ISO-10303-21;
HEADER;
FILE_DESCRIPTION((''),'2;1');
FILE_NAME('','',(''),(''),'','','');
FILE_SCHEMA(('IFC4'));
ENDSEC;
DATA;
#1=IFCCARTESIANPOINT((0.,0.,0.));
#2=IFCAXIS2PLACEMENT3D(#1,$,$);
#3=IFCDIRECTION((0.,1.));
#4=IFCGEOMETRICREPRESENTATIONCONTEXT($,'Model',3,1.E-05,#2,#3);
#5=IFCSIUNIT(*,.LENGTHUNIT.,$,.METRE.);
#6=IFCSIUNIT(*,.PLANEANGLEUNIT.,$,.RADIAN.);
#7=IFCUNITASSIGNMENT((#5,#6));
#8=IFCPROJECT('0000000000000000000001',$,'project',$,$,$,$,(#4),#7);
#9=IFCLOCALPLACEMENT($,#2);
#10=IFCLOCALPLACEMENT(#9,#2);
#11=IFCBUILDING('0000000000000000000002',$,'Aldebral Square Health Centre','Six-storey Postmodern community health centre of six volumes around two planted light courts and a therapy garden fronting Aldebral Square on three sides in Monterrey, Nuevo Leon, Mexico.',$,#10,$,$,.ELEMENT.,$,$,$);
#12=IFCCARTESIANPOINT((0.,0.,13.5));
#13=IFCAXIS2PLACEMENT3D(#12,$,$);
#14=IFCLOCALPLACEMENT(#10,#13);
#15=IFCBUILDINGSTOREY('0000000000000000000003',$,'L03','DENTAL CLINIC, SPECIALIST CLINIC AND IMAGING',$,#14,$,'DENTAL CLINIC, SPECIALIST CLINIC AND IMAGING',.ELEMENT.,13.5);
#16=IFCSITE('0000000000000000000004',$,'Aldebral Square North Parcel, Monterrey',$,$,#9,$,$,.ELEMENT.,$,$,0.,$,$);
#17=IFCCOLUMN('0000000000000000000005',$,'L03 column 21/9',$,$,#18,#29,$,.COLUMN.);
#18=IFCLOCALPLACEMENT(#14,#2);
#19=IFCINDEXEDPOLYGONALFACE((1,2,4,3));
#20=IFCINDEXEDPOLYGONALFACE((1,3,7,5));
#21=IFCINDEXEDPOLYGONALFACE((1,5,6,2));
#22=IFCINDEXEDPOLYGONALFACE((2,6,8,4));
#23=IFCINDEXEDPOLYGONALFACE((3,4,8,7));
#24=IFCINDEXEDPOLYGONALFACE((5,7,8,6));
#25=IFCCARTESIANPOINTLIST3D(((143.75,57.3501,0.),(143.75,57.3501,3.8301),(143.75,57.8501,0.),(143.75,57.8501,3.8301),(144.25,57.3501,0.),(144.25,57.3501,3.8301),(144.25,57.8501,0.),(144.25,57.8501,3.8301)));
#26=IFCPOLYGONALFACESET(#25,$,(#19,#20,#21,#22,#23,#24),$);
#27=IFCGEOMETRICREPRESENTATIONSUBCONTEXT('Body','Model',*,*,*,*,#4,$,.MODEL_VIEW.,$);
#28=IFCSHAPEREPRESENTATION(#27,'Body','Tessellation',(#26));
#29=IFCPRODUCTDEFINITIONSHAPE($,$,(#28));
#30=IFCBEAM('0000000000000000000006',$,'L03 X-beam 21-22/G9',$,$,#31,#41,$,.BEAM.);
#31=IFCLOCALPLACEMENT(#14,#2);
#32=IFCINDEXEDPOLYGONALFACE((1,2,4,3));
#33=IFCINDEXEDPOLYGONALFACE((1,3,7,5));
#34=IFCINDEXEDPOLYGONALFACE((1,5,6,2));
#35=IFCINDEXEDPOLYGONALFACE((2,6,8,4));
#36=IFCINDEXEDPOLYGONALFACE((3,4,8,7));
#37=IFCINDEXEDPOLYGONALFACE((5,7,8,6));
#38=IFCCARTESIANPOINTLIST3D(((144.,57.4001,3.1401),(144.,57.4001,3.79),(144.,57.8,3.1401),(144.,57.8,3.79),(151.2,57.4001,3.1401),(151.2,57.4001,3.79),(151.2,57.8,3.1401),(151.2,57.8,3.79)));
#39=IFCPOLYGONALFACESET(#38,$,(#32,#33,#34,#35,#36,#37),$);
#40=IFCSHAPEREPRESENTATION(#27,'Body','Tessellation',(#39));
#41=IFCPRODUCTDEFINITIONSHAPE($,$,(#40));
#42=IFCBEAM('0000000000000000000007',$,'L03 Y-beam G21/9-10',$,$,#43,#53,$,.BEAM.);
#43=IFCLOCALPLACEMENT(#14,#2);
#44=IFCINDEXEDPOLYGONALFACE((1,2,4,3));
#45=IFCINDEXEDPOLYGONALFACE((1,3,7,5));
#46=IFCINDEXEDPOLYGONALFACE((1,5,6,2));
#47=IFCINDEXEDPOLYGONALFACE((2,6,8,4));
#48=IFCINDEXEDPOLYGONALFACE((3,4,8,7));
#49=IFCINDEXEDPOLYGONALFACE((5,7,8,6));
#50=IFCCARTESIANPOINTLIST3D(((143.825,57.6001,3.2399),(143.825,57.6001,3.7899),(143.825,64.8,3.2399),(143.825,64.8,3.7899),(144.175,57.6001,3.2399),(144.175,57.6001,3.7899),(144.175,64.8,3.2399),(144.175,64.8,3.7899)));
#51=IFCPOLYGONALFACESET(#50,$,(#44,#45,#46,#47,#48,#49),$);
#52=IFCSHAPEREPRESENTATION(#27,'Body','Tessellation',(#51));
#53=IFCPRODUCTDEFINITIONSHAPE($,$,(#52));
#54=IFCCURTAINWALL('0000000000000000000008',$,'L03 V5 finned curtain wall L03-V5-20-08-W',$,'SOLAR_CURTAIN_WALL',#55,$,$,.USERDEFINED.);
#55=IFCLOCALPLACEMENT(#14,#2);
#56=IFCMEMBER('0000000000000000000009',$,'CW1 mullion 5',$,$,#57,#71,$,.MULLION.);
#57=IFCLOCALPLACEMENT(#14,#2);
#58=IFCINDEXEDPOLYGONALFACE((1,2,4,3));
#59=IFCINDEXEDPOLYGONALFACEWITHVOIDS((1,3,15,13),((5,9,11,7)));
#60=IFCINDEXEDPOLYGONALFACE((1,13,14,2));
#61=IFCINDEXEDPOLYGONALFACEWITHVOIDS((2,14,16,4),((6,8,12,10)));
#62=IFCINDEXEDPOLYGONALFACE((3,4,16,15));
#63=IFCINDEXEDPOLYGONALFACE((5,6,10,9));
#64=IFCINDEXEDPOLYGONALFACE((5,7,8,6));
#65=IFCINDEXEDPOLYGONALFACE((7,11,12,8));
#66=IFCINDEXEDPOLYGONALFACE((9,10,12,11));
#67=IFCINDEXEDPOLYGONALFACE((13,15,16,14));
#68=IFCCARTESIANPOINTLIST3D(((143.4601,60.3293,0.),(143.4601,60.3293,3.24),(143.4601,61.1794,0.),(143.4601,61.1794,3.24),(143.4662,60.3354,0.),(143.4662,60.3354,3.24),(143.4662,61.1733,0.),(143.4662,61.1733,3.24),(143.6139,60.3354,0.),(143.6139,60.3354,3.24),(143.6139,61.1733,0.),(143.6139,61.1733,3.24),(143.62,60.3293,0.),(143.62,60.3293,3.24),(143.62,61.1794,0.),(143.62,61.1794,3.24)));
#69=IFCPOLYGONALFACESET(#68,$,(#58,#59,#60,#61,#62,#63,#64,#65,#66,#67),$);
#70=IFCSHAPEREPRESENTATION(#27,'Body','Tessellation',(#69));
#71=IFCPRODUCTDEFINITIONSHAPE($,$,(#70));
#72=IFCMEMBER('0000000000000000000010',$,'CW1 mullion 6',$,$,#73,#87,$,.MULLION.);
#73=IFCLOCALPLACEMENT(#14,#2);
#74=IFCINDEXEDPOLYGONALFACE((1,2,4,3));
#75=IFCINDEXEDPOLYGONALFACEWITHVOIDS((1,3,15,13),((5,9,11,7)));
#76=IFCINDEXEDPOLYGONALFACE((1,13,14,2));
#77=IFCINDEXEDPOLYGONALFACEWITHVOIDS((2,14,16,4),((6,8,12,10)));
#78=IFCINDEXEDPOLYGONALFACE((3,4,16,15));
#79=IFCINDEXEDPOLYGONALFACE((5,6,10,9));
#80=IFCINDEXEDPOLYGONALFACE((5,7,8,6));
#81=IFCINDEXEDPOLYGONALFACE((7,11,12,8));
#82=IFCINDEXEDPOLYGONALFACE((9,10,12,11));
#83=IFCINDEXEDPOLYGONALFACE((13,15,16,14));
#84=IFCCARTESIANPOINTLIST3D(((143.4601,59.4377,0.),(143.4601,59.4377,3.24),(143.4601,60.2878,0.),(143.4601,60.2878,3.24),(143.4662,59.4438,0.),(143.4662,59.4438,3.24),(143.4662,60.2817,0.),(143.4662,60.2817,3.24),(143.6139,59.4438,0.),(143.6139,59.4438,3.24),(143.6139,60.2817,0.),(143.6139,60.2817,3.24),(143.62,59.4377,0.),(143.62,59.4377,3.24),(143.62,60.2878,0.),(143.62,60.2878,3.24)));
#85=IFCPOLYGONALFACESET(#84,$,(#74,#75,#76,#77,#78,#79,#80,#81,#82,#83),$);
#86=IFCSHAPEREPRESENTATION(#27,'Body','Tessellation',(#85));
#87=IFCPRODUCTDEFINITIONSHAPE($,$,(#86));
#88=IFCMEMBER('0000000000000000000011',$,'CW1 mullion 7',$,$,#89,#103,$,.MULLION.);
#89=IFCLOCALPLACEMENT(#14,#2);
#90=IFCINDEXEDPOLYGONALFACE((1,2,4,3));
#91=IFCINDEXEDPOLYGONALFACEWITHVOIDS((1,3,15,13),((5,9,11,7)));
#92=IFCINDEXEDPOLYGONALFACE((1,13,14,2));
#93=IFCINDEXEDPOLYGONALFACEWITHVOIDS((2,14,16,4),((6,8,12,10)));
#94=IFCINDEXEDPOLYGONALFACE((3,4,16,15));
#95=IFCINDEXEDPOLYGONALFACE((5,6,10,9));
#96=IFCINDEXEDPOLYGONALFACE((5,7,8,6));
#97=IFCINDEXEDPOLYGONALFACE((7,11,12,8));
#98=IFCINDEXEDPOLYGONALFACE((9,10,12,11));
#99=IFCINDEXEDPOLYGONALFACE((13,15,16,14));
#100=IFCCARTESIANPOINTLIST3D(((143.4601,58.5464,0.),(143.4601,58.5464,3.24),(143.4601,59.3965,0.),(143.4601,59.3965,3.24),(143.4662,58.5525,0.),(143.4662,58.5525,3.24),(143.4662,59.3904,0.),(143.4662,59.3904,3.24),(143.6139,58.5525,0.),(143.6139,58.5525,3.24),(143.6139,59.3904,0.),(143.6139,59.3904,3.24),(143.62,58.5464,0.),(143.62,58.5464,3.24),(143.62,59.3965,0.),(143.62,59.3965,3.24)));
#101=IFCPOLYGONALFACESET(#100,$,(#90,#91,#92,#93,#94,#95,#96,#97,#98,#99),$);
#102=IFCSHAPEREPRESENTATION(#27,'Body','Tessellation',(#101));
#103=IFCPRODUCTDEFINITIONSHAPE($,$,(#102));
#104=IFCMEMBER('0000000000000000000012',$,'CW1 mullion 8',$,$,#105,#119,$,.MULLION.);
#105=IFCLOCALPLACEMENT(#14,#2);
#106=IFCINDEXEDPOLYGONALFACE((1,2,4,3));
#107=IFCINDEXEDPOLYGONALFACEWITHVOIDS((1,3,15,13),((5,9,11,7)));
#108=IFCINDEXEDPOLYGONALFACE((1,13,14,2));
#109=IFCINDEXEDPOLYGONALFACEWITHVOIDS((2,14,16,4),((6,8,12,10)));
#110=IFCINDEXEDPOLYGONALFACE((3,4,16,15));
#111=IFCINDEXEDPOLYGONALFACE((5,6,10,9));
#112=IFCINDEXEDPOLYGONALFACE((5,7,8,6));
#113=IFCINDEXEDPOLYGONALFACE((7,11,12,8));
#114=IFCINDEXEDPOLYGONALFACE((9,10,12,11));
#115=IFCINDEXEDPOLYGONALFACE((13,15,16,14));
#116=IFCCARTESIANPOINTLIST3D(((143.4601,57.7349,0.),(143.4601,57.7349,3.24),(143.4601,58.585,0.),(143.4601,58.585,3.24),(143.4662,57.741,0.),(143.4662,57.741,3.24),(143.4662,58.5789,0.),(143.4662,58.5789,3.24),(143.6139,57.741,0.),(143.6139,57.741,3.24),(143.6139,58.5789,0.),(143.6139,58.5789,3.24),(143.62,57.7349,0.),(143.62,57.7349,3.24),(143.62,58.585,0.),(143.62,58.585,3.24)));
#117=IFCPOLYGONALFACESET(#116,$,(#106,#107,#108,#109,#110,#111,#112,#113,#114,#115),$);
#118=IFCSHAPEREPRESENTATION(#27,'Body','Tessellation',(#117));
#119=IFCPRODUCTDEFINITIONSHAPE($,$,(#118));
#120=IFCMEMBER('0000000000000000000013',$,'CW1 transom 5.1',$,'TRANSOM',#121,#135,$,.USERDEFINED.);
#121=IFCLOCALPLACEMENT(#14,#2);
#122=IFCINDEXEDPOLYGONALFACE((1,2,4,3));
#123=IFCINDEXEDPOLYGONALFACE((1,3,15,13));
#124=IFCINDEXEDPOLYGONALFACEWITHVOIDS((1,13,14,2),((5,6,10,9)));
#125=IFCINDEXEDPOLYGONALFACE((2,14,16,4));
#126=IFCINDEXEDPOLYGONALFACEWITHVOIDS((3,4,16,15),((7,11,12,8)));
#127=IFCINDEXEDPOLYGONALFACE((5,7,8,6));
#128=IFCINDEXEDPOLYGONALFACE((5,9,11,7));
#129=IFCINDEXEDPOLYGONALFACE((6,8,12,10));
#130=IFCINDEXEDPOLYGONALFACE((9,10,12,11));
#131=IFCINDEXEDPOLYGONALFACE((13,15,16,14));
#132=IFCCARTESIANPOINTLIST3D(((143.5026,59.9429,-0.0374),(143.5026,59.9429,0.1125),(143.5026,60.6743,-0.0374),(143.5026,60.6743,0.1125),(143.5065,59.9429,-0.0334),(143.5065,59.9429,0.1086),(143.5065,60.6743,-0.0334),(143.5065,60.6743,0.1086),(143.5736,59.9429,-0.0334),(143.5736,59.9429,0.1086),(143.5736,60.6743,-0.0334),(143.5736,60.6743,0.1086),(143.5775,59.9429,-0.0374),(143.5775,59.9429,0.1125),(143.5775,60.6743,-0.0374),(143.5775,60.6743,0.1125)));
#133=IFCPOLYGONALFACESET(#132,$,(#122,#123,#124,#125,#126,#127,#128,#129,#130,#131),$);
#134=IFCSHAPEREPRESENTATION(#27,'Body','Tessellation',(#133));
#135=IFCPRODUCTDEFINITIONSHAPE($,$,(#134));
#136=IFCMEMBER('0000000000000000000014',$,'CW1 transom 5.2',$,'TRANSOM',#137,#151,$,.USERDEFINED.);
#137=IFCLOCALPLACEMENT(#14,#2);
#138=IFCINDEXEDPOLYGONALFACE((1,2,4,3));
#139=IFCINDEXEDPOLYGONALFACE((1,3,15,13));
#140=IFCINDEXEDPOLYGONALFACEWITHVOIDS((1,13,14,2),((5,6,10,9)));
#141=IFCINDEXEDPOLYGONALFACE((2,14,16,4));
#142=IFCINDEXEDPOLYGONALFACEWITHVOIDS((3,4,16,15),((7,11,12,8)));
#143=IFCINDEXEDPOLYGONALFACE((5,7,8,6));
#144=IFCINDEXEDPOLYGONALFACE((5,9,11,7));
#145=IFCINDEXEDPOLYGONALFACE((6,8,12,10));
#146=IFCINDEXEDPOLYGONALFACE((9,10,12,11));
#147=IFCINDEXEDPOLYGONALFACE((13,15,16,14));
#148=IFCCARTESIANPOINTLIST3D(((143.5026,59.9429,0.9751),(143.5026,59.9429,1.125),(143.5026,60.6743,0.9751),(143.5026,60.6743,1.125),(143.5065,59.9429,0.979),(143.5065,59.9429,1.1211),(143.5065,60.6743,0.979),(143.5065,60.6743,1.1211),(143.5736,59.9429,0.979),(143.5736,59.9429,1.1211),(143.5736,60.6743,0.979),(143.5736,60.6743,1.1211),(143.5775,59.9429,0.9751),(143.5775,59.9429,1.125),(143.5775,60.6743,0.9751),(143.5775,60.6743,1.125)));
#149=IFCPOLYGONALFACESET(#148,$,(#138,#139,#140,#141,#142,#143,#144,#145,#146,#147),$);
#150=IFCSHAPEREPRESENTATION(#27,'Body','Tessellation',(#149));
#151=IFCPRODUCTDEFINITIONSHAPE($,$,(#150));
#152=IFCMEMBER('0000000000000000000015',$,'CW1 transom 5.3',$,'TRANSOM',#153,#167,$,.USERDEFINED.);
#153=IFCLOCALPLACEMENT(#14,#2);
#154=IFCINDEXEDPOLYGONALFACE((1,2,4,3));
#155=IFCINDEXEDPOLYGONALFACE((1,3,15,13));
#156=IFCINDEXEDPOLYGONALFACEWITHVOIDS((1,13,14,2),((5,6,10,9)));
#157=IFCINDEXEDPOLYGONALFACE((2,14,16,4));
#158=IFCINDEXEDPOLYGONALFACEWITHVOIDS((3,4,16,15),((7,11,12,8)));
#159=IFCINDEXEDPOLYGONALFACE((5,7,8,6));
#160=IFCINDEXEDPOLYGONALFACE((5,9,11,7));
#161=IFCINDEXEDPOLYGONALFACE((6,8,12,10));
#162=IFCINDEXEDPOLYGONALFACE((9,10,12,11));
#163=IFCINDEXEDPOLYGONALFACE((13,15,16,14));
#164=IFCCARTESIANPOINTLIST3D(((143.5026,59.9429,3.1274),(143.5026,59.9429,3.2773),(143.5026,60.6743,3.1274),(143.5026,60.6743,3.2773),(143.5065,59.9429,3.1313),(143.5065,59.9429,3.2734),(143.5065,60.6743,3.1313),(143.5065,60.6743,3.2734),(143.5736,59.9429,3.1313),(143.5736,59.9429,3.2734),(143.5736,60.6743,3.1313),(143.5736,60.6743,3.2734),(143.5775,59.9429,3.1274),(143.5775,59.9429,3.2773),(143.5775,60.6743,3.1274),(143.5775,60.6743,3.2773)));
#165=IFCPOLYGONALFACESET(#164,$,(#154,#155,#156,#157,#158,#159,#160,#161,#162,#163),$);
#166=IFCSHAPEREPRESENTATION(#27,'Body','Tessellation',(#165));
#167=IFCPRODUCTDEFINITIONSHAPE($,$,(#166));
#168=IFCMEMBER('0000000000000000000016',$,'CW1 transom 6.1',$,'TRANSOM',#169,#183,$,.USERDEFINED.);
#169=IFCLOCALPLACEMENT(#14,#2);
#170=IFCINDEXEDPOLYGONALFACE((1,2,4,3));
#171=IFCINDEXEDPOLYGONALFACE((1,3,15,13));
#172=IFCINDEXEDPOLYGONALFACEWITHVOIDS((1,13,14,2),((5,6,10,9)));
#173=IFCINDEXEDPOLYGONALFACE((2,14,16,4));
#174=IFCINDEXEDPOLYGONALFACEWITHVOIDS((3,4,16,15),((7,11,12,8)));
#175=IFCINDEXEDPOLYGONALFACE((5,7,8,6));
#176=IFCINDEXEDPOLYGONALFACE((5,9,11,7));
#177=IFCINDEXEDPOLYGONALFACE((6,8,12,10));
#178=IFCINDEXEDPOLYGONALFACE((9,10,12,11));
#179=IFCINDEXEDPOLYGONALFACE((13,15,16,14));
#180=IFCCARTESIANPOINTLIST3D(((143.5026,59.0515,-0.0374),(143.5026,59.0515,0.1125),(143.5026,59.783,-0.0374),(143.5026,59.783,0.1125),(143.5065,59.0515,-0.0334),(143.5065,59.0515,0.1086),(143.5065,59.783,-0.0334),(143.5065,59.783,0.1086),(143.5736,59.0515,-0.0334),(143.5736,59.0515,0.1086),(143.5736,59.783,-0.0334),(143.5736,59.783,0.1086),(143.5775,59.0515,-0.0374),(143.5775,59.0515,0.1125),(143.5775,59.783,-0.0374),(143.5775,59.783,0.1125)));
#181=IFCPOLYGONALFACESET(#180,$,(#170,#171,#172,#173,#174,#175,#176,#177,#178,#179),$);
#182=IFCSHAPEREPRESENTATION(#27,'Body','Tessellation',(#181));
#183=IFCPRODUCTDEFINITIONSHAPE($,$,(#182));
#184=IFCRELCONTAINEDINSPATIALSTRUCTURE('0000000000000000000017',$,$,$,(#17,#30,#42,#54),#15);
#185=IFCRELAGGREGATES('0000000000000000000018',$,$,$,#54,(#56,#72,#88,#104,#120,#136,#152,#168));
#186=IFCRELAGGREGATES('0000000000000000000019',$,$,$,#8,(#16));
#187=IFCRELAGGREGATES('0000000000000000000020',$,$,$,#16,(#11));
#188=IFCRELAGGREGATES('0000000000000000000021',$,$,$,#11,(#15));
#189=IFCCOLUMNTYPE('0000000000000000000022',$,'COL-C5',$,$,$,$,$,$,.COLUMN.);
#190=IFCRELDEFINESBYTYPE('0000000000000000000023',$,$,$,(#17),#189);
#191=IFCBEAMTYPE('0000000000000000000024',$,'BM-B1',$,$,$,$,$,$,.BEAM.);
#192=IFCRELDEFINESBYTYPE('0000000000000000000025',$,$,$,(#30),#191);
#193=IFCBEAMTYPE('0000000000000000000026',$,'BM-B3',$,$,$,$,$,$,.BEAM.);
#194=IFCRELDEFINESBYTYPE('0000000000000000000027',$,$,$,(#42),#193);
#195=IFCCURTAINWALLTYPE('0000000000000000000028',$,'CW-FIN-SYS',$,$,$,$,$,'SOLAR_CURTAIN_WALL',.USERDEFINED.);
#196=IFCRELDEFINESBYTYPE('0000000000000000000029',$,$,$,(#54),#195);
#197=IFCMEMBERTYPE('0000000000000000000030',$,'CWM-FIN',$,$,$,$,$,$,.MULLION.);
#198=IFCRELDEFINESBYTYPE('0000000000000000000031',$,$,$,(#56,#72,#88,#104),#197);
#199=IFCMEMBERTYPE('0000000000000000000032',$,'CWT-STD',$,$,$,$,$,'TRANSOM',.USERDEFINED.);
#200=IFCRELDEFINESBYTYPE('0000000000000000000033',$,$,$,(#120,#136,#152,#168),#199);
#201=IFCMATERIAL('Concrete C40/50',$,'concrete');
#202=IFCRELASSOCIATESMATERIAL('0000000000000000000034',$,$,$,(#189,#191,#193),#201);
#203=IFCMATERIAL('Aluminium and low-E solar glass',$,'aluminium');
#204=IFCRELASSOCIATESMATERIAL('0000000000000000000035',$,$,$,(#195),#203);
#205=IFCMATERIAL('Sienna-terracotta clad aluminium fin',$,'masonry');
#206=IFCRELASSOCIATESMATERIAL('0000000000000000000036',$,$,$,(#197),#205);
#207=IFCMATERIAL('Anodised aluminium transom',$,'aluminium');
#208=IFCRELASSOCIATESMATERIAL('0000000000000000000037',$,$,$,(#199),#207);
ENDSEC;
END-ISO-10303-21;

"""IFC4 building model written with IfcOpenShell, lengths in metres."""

from ifc_helpers import new_model, si_unit, direction, frame, origin, origin_2d, place, context, subcontext, project, spatial, rectangle, hollow_rectangle, extrude, material, material_profile, profile_set, type_object, element, aggregate, save


model = new_model("IFC4")

# Units and contexts
model_context = context("Model", 3, precision=1e-05, world=origin(), true_north=direction((0.0, 1.0)))
body_context = subcontext(model_context, "Body", "Model", "MODEL_VIEW")
ifc_project = project(units=[si_unit("LENGTHUNIT", "METRE"), si_unit("PLANEANGLEUNIT", "RADIAN")], contexts=[model_context])

# Site, building, storey
site_placement = place(None, origin())
site = spatial("IfcSite", under=ifc_project, at=site_placement, Name="Aldebral Square North Parcel, Monterrey", CompositionType="ELEMENT", RefElevation=0.0)
building_placement = place(site_placement, origin())
building = spatial("IfcBuilding", under=site, at=building_placement, Name="Aldebral Square Health Centre", Description="Six-storey Postmodern community health centre of six volumes around two planted light courts and a therapy garden fronting Aldebral Square on three sides in Monterrey, Nuevo Leon, Mexico.", CompositionType="ELEMENT")
storey_placement = place(building_placement, frame((0.0, 0.0, 13.5)))
storey = spatial("IfcBuildingStorey", under=building, at=storey_placement, Name="L03", Description="DENTAL CLINIC, SPECIALIST CLINIC AND IMAGING", LongName="DENTAL CLINIC, SPECIALIST CLINIC AND IMAGING", CompositionType="ELEMENT", Elevation=13.5)

# Column
ifc_material_1 = material(Name="Concrete C40/50", Category="concrete")
ifc_material_profile_1 = material_profile(ifc_material_1, rectangle(XDim=0.5, YDim=0.5, at=origin_2d()), Name="RC 500x500")
ifc_profile_set_1 = profile_set([ifc_material_profile_1], Name="Concrete C40/50")
column_type = type_object("IfcColumnType", Name="COL-C5", PredefinedType="COLUMN", material=ifc_profile_set_1)
column_placement = place(storey_placement, frame((144.0, 57.6001, 0.0), z_axis=(0.0, 0.0, 1.0), x_axis=(1.0, 0.0, 0.0)))
element("IfcColumn", 1, at=column_placement, inside=storey, type_object=column_type, Name="L03 column 21/9", PredefinedType="COLUMN", context=body_context, shape_type="SweptSolid", body=[
    extrude(rectangle(XDim=0.5, YDim=0.5, at=origin_2d()), origin(), (0.0, 0.0, 1.0), 3.8301),
])

# Beams
ifc_material_profile_2 = material_profile(ifc_material_1, rectangle(XDim=0.3999, YDim=0.6499, at=origin_2d()), Name="RC 400x650")
ifc_profile_set_2 = profile_set([ifc_material_profile_2], Name="Concrete C40/50")
beam_type_1 = type_object("IfcBeamType", Name="BM-B1", PredefinedType="BEAM", material=ifc_profile_set_2)
beam_1_placement = place(storey_placement, frame((144.0, 57.6001, 3.4651), z_axis=(1.0, 0.0, 0.0), x_axis=(0.0, 1.0, 0.0)))
element("IfcBeam", 2, at=beam_1_placement, inside=storey, type_object=beam_type_1, Name="L03 X-beam 21-22/G9", PredefinedType="BEAM", context=body_context, shape_type="SweptSolid", body=[
    extrude(rectangle(XDim=0.3999, YDim=0.6499, at=origin_2d()), origin(), (0.0, 0.0, 1.0), 7.2),
])
ifc_material_profile_3 = material_profile(ifc_material_1, rectangle(XDim=0.3501, YDim=0.55, at=origin_2d()), Name="RC 350x550")
ifc_profile_set_3 = profile_set([ifc_material_profile_3], Name="Concrete C40/50")
beam_type_2 = type_object("IfcBeamType", Name="BM-B3", PredefinedType="BEAM", material=ifc_profile_set_3)
beam_2_placement = place(storey_placement, frame((144.0, 57.6001, 3.5149), z_axis=(0.0, 1.0, 0.0), x_axis=(-1.0, 0.0, 0.0)))
element("IfcBeam", 3, at=beam_2_placement, inside=storey, type_object=beam_type_2, Name="L03 Y-beam G21/9-10", PredefinedType="BEAM", context=body_context, shape_type="SweptSolid", body=[
    extrude(rectangle(XDim=0.3501, YDim=0.55, at=origin_2d()), origin(), (0.0, 0.0, 1.0), 7.2),
])

# Curtain wall, members
ifc_material_2 = material(Name="Aluminium and low-E solar glass", Category="aluminium")
curtain_wall_type = type_object("IfcCurtainWallType", Name="CW-FIN-SYS", ElementType="SOLAR_CURTAIN_WALL", PredefinedType="USERDEFINED", material=ifc_material_2)
curtain_wall_placement = place(storey_placement, origin())
curtain_wall = element("IfcCurtainWall", 4, at=curtain_wall_placement, inside=storey, type_object=curtain_wall_type, Name="L03 V5 finned curtain wall L03-V5-20-08-W", ObjectType="SOLAR_CURTAIN_WALL", PredefinedType="USERDEFINED")
ifc_material_3 = material(Name="Sienna-terracotta clad aluminium fin", Category="masonry")
ifc_material_profile_4 = material_profile(ifc_material_3, hollow_rectangle(XDim=0.1599, YDim=0.8501, WallThickness=0.0061, at=origin_2d()), Name="FIN 160x850x6")
ifc_profile_set_4 = profile_set([ifc_material_profile_4], Name="Sienna-terracotta clad aluminium fin")
member_type_1 = type_object("IfcMemberType", Name="CWM-FIN", PredefinedType="MULLION", material=ifc_profile_set_4)
member_1_placement = place(storey_placement, frame((143.54, 60.7544, 0.0), z_axis=(0.0, 0.0, 1.0), x_axis=(1.0, 0.0, 0.0)))
member_1 = element("IfcMember", 5, at=member_1_placement, type_object=member_type_1, Name="CW1 mullion 5", PredefinedType="MULLION", context=body_context, shape_type="SweptSolid", body=[
    extrude(hollow_rectangle(XDim=0.1599, YDim=0.8501, WallThickness=0.0061, at=origin_2d()), origin(), (0.0, 0.0, 1.0), 3.24),
])
member_2_placement = place(storey_placement, frame((143.54, 59.8628, 0.0), z_axis=(0.0, 0.0, 1.0), x_axis=(1.0, 0.0, 0.0)))
member_2 = element("IfcMember", 6, at=member_2_placement, type_object=member_type_1, Name="CW1 mullion 6", PredefinedType="MULLION", context=body_context, shape_type="SweptSolid", body=[
    extrude(hollow_rectangle(XDim=0.1599, YDim=0.8501, WallThickness=0.0061, at=origin_2d()), origin(), (0.0, 0.0, 1.0), 3.24),
])
member_3_placement = place(storey_placement, frame((143.54, 58.9714, 0.0), z_axis=(0.0, 0.0, 1.0), x_axis=(1.0, 0.0, 0.0)))
member_3 = element("IfcMember", 7, at=member_3_placement, type_object=member_type_1, Name="CW1 mullion 7", PredefinedType="MULLION", context=body_context, shape_type="SweptSolid", body=[
    extrude(hollow_rectangle(XDim=0.1599, YDim=0.8501, WallThickness=0.0061, at=origin_2d()), origin(), (0.0, 0.0, 1.0), 3.24),
])
member_4_placement = place(storey_placement, frame((143.54, 58.1599, 0.0), z_axis=(0.0, 0.0, 1.0), x_axis=(1.0, 0.0, 0.0)))
member_4 = element("IfcMember", 8, at=member_4_placement, type_object=member_type_1, Name="CW1 mullion 8", PredefinedType="MULLION", context=body_context, shape_type="SweptSolid", body=[
    extrude(hollow_rectangle(XDim=0.1599, YDim=0.8501, WallThickness=0.0061, at=origin_2d()), origin(), (0.0, 0.0, 1.0), 3.24),
])
ifc_material_4 = material(Name="Anodised aluminium transom", Category="aluminium")
ifc_material_profile_5 = material_profile(ifc_material_4, hollow_rectangle(XDim=0.075, YDim=0.1499, WallThickness=0.0039, at=origin_2d()), Name="CWT 75x150x4")
ifc_profile_set_5 = profile_set([ifc_material_profile_5], Name="Anodised aluminium transom")
member_type_2 = type_object("IfcMemberType", Name="CWT-STD", ElementType="TRANSOM", PredefinedType="USERDEFINED", material=ifc_profile_set_5)
member_5_placement = place(storey_placement, frame((143.54, 60.6743, 0.0376), z_axis=(0.0, -1.0, 0.0), x_axis=(1.0, 0.0, 0.0)))
member_5 = element("IfcMember", 9, at=member_5_placement, type_object=member_type_2, Name="CW1 transom 5.1", ObjectType="TRANSOM", PredefinedType="USERDEFINED", context=body_context, shape_type="SweptSolid", body=[
    extrude(hollow_rectangle(XDim=0.075, YDim=0.1499, WallThickness=0.0039, at=origin_2d()), origin(), (0.0, 0.0, 1.0), 0.7314),
])
member_6_placement = place(storey_placement, frame((143.54, 60.6743, 1.05), z_axis=(0.0, -1.0, 0.0), x_axis=(1.0, 0.0, 0.0)))
member_6 = element("IfcMember", 10, at=member_6_placement, type_object=member_type_2, Name="CW1 transom 5.2", ObjectType="TRANSOM", PredefinedType="USERDEFINED", context=body_context, shape_type="SweptSolid", body=[
    extrude(hollow_rectangle(XDim=0.075, YDim=0.1499, WallThickness=0.0039, at=origin_2d()), origin(), (0.0, 0.0, 1.0), 0.7314),
])
member_7_placement = place(storey_placement, frame((143.54, 60.6743, 3.2024), z_axis=(0.0, -1.0, 0.0), x_axis=(1.0, 0.0, 0.0)))
member_7 = element("IfcMember", 11, at=member_7_placement, type_object=member_type_2, Name="CW1 transom 5.3", ObjectType="TRANSOM", PredefinedType="USERDEFINED", context=body_context, shape_type="SweptSolid", body=[
    extrude(hollow_rectangle(XDim=0.075, YDim=0.1499, WallThickness=0.0039, at=origin_2d()), origin(), (0.0, 0.0, 1.0), 0.7314),
])
member_8_placement = place(storey_placement, frame((143.54, 59.783, 0.0376), z_axis=(0.0, -1.0, 0.0), x_axis=(1.0, 0.0, 0.0)))
member_8 = element("IfcMember", 12, at=member_8_placement, type_object=member_type_2, Name="CW1 transom 6.1", ObjectType="TRANSOM", PredefinedType="USERDEFINED", context=body_context, shape_type="SweptSolid", body=[
    extrude(hollow_rectangle(XDim=0.075, YDim=0.1499, WallThickness=0.0039, at=origin_2d()), origin(), (0.0, 0.0, 1.0), 0.7314),
])
aggregate(curtain_wall, [member_1, member_2, member_3, member_4, member_5, member_6, member_7, member_8])

save(model, "model.ifc")
